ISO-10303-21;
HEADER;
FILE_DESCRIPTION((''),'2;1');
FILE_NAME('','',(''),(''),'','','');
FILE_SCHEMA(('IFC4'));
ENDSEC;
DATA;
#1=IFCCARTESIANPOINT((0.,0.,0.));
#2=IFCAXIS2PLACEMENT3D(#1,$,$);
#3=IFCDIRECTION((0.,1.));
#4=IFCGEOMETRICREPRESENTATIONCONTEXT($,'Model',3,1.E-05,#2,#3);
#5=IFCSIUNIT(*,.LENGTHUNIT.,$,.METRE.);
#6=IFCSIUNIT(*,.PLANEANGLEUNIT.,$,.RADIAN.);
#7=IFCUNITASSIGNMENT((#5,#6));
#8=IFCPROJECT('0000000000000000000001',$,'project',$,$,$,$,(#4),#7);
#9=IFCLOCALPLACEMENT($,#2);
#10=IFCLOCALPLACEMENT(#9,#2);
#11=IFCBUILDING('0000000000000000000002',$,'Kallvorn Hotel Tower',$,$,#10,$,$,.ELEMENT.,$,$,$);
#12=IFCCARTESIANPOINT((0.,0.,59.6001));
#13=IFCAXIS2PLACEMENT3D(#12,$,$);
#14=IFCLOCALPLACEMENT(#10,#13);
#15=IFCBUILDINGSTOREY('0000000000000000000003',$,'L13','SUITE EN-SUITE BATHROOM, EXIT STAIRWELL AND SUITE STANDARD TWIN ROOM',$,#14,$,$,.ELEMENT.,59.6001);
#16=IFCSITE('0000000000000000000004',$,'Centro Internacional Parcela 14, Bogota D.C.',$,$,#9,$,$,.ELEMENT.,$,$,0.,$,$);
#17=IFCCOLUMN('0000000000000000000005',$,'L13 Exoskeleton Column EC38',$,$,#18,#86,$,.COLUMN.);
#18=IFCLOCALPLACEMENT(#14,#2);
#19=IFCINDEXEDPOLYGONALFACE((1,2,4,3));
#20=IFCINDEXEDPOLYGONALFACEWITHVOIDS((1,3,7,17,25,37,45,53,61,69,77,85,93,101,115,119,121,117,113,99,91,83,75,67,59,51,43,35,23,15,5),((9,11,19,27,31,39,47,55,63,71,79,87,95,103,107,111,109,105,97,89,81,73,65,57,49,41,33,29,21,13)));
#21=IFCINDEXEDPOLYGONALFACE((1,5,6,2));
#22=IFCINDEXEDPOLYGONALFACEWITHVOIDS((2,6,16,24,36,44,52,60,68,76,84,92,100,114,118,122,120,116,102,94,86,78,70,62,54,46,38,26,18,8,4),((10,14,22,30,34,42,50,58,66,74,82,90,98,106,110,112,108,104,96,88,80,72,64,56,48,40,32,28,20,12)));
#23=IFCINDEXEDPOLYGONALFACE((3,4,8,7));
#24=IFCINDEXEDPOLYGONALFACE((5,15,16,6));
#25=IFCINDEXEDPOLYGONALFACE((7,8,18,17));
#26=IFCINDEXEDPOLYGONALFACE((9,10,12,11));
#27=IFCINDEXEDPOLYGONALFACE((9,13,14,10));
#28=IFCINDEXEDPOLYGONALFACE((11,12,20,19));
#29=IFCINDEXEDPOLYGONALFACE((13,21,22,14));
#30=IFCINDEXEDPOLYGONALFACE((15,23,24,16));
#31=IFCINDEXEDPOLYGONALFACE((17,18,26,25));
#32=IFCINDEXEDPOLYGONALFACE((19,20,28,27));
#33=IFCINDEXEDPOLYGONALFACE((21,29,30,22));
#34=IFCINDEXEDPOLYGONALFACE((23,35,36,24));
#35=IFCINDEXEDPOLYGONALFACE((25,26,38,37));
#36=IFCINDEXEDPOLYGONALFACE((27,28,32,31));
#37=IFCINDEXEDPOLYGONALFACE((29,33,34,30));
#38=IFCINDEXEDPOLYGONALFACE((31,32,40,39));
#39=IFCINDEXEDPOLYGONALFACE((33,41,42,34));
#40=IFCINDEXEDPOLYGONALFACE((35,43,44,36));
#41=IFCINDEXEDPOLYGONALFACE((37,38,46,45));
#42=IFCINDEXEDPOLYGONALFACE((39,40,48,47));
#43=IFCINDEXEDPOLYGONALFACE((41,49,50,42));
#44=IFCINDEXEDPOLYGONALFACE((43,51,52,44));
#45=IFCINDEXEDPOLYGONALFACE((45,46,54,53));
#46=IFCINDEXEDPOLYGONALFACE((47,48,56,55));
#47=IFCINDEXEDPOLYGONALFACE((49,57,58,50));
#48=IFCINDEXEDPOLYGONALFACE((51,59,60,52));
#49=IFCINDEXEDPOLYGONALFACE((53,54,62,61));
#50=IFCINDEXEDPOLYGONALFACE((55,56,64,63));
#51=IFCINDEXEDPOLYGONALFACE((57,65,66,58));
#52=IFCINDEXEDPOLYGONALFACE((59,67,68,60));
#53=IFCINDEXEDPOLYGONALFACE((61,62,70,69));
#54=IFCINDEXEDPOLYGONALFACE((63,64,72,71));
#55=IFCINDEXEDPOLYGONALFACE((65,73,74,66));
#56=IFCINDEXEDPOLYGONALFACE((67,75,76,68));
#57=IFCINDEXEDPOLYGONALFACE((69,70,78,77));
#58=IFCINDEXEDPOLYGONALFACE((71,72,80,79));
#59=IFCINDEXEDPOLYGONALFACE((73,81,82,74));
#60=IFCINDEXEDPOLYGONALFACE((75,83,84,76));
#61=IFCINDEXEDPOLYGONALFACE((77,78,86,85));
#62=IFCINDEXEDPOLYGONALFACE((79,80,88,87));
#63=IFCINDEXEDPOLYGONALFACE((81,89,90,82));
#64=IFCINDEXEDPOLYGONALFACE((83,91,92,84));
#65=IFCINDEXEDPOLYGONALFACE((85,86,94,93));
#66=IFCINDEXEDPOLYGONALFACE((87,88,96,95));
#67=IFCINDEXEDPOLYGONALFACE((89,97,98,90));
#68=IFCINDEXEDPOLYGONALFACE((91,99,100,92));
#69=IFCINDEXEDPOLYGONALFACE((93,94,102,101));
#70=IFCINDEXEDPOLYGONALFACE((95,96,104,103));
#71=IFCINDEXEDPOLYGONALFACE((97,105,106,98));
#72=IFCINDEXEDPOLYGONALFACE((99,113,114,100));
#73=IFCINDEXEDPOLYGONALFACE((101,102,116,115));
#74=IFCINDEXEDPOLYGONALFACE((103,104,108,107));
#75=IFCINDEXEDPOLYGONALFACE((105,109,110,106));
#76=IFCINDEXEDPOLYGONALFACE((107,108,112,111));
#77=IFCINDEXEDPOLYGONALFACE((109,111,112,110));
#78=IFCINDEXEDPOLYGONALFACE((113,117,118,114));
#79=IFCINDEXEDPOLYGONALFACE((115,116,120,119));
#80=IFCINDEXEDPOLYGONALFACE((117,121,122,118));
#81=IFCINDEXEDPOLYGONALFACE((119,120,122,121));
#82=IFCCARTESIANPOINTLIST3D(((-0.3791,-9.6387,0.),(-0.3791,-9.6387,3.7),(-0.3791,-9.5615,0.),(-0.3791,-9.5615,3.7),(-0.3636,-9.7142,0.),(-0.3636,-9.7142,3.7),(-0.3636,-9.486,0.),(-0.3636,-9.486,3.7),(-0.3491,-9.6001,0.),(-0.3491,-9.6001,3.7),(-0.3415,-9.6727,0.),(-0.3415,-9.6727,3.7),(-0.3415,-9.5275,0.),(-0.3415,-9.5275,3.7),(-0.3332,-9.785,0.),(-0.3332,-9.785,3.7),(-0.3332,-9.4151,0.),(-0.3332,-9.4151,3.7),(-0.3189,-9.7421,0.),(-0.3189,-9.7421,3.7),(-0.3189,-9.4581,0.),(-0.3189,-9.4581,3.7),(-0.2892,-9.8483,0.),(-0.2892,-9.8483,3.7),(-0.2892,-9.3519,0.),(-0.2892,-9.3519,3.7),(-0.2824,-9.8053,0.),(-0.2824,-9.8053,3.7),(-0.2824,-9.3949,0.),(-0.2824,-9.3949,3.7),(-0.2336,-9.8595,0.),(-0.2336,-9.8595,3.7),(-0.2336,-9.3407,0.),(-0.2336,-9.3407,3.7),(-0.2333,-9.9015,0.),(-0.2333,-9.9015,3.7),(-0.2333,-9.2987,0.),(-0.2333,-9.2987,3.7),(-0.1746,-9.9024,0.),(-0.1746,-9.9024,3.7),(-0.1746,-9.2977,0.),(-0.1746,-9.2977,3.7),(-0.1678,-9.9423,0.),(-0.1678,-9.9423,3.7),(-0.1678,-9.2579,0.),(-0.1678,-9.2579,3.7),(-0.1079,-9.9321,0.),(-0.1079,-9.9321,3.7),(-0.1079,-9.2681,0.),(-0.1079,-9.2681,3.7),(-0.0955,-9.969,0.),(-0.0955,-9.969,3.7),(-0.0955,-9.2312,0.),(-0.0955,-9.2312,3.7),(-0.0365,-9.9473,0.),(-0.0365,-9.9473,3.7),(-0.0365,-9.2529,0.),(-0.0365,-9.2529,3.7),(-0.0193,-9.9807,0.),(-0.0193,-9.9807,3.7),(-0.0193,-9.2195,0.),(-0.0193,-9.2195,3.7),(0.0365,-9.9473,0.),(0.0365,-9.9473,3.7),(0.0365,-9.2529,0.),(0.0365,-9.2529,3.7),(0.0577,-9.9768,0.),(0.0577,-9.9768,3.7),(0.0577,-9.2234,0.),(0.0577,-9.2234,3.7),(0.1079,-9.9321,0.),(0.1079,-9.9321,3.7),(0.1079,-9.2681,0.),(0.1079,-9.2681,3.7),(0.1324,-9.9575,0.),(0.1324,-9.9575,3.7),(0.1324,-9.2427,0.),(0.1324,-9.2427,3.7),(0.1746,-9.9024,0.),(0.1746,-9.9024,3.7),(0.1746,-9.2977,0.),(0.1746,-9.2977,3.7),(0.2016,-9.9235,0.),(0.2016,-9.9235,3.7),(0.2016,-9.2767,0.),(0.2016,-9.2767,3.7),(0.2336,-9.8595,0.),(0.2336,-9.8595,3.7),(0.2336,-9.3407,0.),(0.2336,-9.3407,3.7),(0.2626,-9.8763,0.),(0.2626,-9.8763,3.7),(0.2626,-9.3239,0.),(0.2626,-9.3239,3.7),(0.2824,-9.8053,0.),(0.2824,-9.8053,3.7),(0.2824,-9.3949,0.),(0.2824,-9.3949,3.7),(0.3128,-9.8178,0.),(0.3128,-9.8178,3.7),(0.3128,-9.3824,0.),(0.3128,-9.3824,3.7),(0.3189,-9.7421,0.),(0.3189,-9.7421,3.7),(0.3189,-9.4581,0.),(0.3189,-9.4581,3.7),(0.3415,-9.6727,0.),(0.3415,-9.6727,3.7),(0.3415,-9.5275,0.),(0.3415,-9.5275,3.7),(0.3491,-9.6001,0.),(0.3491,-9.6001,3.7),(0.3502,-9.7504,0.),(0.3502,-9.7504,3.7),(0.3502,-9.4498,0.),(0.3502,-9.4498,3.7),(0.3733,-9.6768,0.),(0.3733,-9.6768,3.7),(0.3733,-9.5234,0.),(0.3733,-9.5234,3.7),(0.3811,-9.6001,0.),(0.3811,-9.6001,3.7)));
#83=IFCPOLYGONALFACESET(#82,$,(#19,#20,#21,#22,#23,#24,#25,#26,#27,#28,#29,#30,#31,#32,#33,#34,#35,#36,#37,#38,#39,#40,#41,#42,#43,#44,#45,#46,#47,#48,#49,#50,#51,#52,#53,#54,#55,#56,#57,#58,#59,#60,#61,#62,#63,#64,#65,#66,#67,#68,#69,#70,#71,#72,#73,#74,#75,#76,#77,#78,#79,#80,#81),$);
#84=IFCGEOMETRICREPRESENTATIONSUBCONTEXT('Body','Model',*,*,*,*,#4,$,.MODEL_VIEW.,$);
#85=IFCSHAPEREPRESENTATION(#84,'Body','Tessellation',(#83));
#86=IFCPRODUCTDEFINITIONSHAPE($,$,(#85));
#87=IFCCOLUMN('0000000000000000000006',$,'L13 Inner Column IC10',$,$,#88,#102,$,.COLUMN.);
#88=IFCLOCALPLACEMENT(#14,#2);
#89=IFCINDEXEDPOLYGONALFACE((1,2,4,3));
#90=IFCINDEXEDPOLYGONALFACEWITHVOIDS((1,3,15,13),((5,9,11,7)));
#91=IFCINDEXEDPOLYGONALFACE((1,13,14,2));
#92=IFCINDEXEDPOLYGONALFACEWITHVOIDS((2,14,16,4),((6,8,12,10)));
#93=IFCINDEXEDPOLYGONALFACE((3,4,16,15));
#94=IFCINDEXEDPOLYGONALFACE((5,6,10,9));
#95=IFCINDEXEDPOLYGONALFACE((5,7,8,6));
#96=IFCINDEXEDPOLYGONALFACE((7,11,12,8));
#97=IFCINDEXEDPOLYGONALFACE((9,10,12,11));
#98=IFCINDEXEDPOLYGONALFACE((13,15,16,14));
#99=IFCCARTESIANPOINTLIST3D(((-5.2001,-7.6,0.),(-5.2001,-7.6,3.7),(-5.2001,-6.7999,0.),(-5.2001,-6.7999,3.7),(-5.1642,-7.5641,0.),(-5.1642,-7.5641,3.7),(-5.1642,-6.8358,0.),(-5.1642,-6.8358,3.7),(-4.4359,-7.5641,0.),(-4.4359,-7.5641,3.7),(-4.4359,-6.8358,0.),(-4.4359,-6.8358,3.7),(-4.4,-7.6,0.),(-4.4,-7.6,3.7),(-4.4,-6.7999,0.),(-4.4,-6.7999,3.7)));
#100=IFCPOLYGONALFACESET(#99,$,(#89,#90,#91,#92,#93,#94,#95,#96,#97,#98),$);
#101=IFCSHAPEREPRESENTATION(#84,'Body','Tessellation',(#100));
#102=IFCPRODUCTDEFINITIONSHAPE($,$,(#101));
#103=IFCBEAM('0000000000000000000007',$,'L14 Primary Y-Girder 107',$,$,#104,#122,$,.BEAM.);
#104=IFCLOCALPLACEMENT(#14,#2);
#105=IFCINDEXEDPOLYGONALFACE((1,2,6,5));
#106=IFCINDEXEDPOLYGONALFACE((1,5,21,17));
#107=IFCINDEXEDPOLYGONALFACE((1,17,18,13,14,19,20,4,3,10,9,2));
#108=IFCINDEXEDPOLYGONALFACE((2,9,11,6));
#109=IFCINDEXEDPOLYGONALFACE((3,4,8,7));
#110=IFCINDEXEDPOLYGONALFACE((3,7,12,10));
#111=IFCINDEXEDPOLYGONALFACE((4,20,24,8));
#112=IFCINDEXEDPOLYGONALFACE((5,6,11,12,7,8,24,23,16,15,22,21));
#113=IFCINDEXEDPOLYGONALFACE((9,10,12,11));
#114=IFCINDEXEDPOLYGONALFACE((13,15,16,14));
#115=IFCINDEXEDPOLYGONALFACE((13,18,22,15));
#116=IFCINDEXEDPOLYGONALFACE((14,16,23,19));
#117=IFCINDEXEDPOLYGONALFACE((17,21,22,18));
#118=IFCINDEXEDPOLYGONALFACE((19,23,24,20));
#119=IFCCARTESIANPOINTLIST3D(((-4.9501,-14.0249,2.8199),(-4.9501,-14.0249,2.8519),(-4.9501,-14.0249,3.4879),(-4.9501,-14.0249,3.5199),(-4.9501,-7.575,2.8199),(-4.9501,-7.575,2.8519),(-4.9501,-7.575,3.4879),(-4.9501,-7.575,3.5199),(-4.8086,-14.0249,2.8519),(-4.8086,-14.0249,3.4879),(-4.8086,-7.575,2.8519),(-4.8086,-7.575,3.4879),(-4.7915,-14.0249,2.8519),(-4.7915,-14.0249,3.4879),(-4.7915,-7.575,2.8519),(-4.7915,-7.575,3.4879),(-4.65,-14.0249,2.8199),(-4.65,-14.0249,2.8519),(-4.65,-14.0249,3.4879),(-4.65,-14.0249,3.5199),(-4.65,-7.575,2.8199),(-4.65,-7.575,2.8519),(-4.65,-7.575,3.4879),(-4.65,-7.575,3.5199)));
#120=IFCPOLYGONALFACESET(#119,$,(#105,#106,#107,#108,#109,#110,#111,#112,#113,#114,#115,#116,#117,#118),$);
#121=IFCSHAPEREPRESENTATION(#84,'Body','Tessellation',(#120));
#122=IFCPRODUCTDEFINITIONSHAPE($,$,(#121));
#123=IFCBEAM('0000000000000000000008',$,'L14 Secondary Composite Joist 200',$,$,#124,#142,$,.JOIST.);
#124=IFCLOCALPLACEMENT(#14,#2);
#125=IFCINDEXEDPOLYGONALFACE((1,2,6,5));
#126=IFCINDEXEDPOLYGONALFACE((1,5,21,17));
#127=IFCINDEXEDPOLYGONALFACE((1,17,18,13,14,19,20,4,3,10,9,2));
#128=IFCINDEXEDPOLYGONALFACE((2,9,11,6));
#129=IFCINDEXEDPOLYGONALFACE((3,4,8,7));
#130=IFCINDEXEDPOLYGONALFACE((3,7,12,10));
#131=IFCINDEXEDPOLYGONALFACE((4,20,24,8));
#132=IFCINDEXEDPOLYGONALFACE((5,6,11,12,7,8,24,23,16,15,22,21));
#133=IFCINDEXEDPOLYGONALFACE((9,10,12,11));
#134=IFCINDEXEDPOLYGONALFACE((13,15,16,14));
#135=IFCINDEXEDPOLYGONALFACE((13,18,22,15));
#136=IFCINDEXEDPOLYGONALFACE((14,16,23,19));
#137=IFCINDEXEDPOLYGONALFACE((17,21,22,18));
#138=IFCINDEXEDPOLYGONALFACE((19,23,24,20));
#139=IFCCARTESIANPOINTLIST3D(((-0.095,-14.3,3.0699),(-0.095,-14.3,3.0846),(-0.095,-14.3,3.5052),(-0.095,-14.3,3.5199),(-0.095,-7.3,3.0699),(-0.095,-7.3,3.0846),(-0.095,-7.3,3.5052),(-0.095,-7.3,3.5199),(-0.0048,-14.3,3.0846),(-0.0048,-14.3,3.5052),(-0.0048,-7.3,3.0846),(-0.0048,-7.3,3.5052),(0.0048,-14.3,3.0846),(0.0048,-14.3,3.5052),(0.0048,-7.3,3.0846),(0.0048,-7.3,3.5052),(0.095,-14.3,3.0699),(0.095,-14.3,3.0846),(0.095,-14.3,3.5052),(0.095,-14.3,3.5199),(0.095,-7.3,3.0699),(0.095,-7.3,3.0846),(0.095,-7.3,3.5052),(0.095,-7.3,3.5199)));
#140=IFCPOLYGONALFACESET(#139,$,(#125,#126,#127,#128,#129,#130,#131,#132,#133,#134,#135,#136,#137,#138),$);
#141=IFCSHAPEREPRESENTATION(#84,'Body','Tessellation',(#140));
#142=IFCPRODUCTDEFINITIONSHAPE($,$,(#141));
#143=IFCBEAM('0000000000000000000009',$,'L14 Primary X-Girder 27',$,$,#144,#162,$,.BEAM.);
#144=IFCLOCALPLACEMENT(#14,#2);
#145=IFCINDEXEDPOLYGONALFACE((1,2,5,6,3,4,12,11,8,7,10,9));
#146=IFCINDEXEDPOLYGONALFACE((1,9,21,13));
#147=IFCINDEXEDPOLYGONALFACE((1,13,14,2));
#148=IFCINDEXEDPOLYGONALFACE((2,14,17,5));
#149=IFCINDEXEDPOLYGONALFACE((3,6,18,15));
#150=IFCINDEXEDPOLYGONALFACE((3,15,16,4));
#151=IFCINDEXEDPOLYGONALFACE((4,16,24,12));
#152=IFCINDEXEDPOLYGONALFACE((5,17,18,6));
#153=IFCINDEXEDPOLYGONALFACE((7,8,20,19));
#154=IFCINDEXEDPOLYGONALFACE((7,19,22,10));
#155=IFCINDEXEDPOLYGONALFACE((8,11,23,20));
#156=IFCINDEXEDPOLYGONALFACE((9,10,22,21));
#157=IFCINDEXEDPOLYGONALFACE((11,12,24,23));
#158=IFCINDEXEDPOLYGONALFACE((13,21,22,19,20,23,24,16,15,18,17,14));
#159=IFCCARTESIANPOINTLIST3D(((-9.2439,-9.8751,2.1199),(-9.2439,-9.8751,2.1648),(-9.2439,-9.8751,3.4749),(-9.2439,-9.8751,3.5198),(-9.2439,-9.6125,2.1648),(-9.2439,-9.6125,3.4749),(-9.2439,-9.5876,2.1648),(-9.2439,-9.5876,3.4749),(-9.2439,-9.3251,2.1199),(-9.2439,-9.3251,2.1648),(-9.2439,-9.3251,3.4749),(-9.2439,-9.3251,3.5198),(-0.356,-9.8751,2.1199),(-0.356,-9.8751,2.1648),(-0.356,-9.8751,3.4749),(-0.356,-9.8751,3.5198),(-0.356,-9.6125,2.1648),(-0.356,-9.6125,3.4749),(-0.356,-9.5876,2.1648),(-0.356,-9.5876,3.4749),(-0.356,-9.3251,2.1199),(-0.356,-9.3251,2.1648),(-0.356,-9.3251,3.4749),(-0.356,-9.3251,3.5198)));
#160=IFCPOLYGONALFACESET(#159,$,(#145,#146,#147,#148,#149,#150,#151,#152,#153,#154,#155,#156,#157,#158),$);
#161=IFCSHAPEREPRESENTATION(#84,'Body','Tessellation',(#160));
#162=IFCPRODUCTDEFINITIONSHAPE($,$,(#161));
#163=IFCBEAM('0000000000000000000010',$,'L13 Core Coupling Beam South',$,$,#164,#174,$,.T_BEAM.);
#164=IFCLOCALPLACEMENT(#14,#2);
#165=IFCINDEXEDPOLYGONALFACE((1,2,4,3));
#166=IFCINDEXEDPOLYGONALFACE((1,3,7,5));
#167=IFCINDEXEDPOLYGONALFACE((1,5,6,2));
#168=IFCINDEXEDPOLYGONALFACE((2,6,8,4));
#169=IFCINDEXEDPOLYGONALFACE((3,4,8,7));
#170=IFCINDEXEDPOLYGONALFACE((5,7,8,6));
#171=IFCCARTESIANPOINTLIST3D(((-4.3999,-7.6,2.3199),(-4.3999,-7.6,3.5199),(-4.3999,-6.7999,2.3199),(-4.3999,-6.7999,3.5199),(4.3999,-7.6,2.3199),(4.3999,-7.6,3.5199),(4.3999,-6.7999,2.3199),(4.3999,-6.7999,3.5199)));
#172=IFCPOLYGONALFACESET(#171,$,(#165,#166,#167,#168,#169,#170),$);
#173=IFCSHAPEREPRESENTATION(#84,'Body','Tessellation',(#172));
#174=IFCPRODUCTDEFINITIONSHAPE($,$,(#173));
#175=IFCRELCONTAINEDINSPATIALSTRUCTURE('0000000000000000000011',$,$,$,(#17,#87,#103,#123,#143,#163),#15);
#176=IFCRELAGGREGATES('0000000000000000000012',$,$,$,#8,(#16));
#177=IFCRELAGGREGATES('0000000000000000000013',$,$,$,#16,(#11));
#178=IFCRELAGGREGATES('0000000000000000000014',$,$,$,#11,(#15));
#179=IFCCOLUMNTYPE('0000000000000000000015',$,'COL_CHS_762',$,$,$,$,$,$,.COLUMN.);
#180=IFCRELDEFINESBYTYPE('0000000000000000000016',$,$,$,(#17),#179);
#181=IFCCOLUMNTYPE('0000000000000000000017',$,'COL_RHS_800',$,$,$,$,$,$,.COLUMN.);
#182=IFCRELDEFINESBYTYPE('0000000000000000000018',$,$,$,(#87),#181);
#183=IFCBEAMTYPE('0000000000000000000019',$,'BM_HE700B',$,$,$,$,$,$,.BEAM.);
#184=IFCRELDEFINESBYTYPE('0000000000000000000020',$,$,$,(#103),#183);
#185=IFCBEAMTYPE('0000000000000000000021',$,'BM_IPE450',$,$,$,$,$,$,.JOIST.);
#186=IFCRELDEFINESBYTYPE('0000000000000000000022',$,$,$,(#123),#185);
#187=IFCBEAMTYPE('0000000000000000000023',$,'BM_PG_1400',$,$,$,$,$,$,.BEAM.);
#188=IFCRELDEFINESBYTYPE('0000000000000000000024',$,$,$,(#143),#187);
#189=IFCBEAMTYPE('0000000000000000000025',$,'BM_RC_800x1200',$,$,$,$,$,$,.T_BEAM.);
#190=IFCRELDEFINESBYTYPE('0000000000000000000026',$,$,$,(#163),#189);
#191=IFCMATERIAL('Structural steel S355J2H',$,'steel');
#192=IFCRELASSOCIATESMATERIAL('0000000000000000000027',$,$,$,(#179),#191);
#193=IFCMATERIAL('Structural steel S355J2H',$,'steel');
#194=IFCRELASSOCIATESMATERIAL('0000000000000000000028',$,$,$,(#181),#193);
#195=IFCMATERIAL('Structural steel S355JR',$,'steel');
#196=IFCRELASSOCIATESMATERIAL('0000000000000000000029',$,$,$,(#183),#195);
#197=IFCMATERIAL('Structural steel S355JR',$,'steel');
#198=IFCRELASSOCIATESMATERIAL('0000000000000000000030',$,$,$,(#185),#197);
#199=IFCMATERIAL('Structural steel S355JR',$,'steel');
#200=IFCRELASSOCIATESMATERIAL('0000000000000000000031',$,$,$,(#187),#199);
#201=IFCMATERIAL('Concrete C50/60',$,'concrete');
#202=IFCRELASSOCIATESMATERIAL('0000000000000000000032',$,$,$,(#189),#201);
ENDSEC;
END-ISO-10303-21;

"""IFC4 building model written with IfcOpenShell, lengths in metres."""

from ifc_helpers import new_model, si_unit, direction, frame, origin, origin_2d, place, context, subcontext, project, spatial, rectangle, hollow_rectangle, hollow_circle, i_section, extrude, material, material_profile, profile_set, type_object, element, save


model = new_model("IFC4")

# Units and contexts
model_context = context("Model", 3, precision=1e-05, world=origin(), true_north=direction((0.0, 1.0)))
body_context = subcontext(model_context, "Body", "Model", "MODEL_VIEW")
ifc_project = project(units=[si_unit("LENGTHUNIT", "METRE"), si_unit("PLANEANGLEUNIT", "RADIAN")], contexts=[model_context])

# Site, building, storey
site_placement = place(None, origin())
site = spatial("IfcSite", under=ifc_project, at=site_placement, Name="Centro Internacional Parcela 14, Bogota D.C.", CompositionType="ELEMENT", RefElevation=0.0)
building_placement = place(site_placement, origin())
building = spatial("IfcBuilding", under=site, at=building_placement, Name="Kallvorn Hotel Tower", CompositionType="ELEMENT")
storey_placement = place(building_placement, frame((0.0, 0.0, 59.6001)))
storey = spatial("IfcBuildingStorey", under=building, at=storey_placement, Name="L13", Description="SUITE EN-SUITE BATHROOM, EXIT STAIRWELL AND SUITE STANDARD TWIN ROOM", CompositionType="ELEMENT", Elevation=59.6001)

# Columns
ifc_material_1 = material(Name="Structural steel S355J2H", Category="steel")
ifc_material_profile_1 = material_profile(ifc_material_1, hollow_circle(Radius=0.3811, WallThickness=0.032, at=origin_2d()), Name="CHS 762x32")
ifc_profile_set_1 = profile_set([ifc_material_profile_1], Name="Structural steel S355J2H")
column_type_1 = type_object("IfcColumnType", Name="COL_CHS_762", PredefinedType="COLUMN", material=ifc_profile_set_1)
column_1_placement = place(storey_placement, frame((0.0, -9.6001, 0.0), z_axis=(0.0, 0.0, 1.0), x_axis=(1.0, 0.0, 0.0)))
element("IfcColumn", 1, at=column_1_placement, inside=storey, type_object=column_type_1, Name="L13 Exoskeleton Column EC38", PredefinedType="COLUMN", context=body_context, shape_type="SweptSolid", body=[
    extrude(hollow_circle(Radius=0.3811, WallThickness=0.032, at=origin_2d()), origin(), (0.0, 0.0, 1.0), 3.7),
])
ifc_material_2 = material(Name="Structural steel S355J2H", Category="steel")
ifc_material_profile_2 = material_profile(ifc_material_2, hollow_rectangle(XDim=0.8, YDim=0.8, WallThickness=0.0359, at=origin_2d()), Name="RHS 800x800x36")
ifc_profile_set_2 = profile_set([ifc_material_profile_2], Name="Structural steel S355J2H")
column_type_2 = type_object("IfcColumnType", Name="COL_RHS_800", PredefinedType="COLUMN", material=ifc_profile_set_2)
column_2_placement = place(storey_placement, frame((-4.8, -7.2, 0.0), z_axis=(0.0, 0.0, 1.0), x_axis=(1.0, 0.0, 0.0)))
element("IfcColumn", 2, at=column_2_placement, inside=storey, type_object=column_type_2, Name="L13 Inner Column IC10", PredefinedType="COLUMN", context=body_context, shape_type="SweptSolid", body=[
    extrude(hollow_rectangle(XDim=0.8, YDim=0.8, WallThickness=0.0359, at=origin_2d()), origin(), (0.0, 0.0, 1.0), 3.7),
])

# Beams
ifc_material_3 = material(Name="Structural steel S355JR", Category="steel")
ifc_material_profile_3 = material_profile(ifc_material_3, i_section(OverallWidth=0.3, OverallDepth=0.7, WebThickness=0.0171, FlangeThickness=0.032, at=origin_2d()), Name="HE 700 B")
ifc_profile_set_3 = profile_set([ifc_material_profile_3], Name="Structural steel S355JR")
beam_type_1 = type_object("IfcBeamType", Name="BM_HE700B", PredefinedType="BEAM", material=ifc_profile_set_3)
beam_1_placement = place(storey_placement, frame((-4.8, -14.0249, 3.1699), z_axis=(0.0, 1.0, 0.0), x_axis=(-1.0, 0.0, 0.0)))
element("IfcBeam", 3, at=beam_1_placement, inside=storey, type_object=beam_type_1, Name="L14 Primary Y-Girder 107", PredefinedType="BEAM", context=body_context, shape_type="SweptSolid", body=[
    extrude(i_section(OverallWidth=0.3, OverallDepth=0.7, WebThickness=0.0171, FlangeThickness=0.032, at=origin_2d()), origin(), (0.0, 0.0, 1.0), 6.45),
])
ifc_material_4 = material(Name="Structural steel S355JR", Category="steel")
ifc_material_profile_4 = material_profile(ifc_material_4, i_section(OverallWidth=0.1899, OverallDepth=0.45, WebThickness=0.0095, FlangeThickness=0.0146, at=origin_2d()), Name="IPE 450")
ifc_profile_set_4 = profile_set([ifc_material_profile_4], Name="Structural steel S355JR")
beam_type_2 = type_object("IfcBeamType", Name="BM_IPE450", PredefinedType="JOIST", material=ifc_profile_set_4)
beam_2_placement = place(storey_placement, frame((0.0, -14.3, 3.2949), z_axis=(0.0, 1.0, 0.0), x_axis=(-1.0, 0.0, 0.0)))
element("IfcBeam", 4, at=beam_2_placement, inside=storey, type_object=beam_type_2, Name="L14 Secondary Composite Joist 200", PredefinedType="JOIST", context=body_context, shape_type="SweptSolid", body=[
    extrude(i_section(OverallWidth=0.1899, OverallDepth=0.45, WebThickness=0.0095, FlangeThickness=0.0146, at=origin_2d()), origin(), (0.0, 0.0, 1.0), 7.0),
])
ifc_material_5 = material(Name="Structural steel S355JR", Category="steel")
ifc_material_profile_5 = material_profile(ifc_material_5, i_section(OverallWidth=0.55, OverallDepth=1.3999, WebThickness=0.0249, FlangeThickness=0.0449, at=origin_2d()), Name="PG 1400x550x25x45")
ifc_profile_set_5 = profile_set([ifc_material_profile_5], Name="Structural steel S355JR")
beam_type_3 = type_object("IfcBeamType", Name="BM_PG_1400", PredefinedType="BEAM", material=ifc_profile_set_5)
beam_3_placement = place(storey_placement, frame((-9.2439, -9.6001, 2.8198), z_axis=(1.0, 0.0, 0.0), x_axis=(0.0, 1.0, 0.0)))
element("IfcBeam", 5, at=beam_3_placement, inside=storey, type_object=beam_type_3, Name="L14 Primary X-Girder 27", PredefinedType="BEAM", context=body_context, shape_type="SweptSolid", body=[
    extrude(i_section(OverallWidth=0.55, OverallDepth=1.3999, WebThickness=0.0249, FlangeThickness=0.0449, at=origin_2d()), origin(), (0.0, 0.0, 1.0), 8.8879),
])
ifc_material_6 = material(Name="Concrete C50/60", Category="concrete")
ifc_material_profile_6 = material_profile(ifc_material_6, rectangle(XDim=0.8, YDim=1.2, at=origin_2d()), Name="RC 800x1200")
ifc_profile_set_6 = profile_set([ifc_material_profile_6], Name="Concrete C50/60")
beam_type_4 = type_object("IfcBeamType", Name="BM_RC_800x1200", PredefinedType="T_BEAM", material=ifc_profile_set_6)
beam_4_placement = place(storey_placement, frame((-4.3999, -7.2, 2.9199), z_axis=(1.0, 0.0, 0.0), x_axis=(0.0, 1.0, 0.0)))
element("IfcBeam", 6, at=beam_4_placement, inside=storey, type_object=beam_type_4, Name="L13 Core Coupling Beam South", PredefinedType="T_BEAM", context=body_context, shape_type="SweptSolid", body=[
    extrude(rectangle(XDim=0.8, YDim=1.2, at=origin_2d()), origin(), (0.0, 0.0, 1.0), 8.7998),
])

save(model, "model.ifc")
